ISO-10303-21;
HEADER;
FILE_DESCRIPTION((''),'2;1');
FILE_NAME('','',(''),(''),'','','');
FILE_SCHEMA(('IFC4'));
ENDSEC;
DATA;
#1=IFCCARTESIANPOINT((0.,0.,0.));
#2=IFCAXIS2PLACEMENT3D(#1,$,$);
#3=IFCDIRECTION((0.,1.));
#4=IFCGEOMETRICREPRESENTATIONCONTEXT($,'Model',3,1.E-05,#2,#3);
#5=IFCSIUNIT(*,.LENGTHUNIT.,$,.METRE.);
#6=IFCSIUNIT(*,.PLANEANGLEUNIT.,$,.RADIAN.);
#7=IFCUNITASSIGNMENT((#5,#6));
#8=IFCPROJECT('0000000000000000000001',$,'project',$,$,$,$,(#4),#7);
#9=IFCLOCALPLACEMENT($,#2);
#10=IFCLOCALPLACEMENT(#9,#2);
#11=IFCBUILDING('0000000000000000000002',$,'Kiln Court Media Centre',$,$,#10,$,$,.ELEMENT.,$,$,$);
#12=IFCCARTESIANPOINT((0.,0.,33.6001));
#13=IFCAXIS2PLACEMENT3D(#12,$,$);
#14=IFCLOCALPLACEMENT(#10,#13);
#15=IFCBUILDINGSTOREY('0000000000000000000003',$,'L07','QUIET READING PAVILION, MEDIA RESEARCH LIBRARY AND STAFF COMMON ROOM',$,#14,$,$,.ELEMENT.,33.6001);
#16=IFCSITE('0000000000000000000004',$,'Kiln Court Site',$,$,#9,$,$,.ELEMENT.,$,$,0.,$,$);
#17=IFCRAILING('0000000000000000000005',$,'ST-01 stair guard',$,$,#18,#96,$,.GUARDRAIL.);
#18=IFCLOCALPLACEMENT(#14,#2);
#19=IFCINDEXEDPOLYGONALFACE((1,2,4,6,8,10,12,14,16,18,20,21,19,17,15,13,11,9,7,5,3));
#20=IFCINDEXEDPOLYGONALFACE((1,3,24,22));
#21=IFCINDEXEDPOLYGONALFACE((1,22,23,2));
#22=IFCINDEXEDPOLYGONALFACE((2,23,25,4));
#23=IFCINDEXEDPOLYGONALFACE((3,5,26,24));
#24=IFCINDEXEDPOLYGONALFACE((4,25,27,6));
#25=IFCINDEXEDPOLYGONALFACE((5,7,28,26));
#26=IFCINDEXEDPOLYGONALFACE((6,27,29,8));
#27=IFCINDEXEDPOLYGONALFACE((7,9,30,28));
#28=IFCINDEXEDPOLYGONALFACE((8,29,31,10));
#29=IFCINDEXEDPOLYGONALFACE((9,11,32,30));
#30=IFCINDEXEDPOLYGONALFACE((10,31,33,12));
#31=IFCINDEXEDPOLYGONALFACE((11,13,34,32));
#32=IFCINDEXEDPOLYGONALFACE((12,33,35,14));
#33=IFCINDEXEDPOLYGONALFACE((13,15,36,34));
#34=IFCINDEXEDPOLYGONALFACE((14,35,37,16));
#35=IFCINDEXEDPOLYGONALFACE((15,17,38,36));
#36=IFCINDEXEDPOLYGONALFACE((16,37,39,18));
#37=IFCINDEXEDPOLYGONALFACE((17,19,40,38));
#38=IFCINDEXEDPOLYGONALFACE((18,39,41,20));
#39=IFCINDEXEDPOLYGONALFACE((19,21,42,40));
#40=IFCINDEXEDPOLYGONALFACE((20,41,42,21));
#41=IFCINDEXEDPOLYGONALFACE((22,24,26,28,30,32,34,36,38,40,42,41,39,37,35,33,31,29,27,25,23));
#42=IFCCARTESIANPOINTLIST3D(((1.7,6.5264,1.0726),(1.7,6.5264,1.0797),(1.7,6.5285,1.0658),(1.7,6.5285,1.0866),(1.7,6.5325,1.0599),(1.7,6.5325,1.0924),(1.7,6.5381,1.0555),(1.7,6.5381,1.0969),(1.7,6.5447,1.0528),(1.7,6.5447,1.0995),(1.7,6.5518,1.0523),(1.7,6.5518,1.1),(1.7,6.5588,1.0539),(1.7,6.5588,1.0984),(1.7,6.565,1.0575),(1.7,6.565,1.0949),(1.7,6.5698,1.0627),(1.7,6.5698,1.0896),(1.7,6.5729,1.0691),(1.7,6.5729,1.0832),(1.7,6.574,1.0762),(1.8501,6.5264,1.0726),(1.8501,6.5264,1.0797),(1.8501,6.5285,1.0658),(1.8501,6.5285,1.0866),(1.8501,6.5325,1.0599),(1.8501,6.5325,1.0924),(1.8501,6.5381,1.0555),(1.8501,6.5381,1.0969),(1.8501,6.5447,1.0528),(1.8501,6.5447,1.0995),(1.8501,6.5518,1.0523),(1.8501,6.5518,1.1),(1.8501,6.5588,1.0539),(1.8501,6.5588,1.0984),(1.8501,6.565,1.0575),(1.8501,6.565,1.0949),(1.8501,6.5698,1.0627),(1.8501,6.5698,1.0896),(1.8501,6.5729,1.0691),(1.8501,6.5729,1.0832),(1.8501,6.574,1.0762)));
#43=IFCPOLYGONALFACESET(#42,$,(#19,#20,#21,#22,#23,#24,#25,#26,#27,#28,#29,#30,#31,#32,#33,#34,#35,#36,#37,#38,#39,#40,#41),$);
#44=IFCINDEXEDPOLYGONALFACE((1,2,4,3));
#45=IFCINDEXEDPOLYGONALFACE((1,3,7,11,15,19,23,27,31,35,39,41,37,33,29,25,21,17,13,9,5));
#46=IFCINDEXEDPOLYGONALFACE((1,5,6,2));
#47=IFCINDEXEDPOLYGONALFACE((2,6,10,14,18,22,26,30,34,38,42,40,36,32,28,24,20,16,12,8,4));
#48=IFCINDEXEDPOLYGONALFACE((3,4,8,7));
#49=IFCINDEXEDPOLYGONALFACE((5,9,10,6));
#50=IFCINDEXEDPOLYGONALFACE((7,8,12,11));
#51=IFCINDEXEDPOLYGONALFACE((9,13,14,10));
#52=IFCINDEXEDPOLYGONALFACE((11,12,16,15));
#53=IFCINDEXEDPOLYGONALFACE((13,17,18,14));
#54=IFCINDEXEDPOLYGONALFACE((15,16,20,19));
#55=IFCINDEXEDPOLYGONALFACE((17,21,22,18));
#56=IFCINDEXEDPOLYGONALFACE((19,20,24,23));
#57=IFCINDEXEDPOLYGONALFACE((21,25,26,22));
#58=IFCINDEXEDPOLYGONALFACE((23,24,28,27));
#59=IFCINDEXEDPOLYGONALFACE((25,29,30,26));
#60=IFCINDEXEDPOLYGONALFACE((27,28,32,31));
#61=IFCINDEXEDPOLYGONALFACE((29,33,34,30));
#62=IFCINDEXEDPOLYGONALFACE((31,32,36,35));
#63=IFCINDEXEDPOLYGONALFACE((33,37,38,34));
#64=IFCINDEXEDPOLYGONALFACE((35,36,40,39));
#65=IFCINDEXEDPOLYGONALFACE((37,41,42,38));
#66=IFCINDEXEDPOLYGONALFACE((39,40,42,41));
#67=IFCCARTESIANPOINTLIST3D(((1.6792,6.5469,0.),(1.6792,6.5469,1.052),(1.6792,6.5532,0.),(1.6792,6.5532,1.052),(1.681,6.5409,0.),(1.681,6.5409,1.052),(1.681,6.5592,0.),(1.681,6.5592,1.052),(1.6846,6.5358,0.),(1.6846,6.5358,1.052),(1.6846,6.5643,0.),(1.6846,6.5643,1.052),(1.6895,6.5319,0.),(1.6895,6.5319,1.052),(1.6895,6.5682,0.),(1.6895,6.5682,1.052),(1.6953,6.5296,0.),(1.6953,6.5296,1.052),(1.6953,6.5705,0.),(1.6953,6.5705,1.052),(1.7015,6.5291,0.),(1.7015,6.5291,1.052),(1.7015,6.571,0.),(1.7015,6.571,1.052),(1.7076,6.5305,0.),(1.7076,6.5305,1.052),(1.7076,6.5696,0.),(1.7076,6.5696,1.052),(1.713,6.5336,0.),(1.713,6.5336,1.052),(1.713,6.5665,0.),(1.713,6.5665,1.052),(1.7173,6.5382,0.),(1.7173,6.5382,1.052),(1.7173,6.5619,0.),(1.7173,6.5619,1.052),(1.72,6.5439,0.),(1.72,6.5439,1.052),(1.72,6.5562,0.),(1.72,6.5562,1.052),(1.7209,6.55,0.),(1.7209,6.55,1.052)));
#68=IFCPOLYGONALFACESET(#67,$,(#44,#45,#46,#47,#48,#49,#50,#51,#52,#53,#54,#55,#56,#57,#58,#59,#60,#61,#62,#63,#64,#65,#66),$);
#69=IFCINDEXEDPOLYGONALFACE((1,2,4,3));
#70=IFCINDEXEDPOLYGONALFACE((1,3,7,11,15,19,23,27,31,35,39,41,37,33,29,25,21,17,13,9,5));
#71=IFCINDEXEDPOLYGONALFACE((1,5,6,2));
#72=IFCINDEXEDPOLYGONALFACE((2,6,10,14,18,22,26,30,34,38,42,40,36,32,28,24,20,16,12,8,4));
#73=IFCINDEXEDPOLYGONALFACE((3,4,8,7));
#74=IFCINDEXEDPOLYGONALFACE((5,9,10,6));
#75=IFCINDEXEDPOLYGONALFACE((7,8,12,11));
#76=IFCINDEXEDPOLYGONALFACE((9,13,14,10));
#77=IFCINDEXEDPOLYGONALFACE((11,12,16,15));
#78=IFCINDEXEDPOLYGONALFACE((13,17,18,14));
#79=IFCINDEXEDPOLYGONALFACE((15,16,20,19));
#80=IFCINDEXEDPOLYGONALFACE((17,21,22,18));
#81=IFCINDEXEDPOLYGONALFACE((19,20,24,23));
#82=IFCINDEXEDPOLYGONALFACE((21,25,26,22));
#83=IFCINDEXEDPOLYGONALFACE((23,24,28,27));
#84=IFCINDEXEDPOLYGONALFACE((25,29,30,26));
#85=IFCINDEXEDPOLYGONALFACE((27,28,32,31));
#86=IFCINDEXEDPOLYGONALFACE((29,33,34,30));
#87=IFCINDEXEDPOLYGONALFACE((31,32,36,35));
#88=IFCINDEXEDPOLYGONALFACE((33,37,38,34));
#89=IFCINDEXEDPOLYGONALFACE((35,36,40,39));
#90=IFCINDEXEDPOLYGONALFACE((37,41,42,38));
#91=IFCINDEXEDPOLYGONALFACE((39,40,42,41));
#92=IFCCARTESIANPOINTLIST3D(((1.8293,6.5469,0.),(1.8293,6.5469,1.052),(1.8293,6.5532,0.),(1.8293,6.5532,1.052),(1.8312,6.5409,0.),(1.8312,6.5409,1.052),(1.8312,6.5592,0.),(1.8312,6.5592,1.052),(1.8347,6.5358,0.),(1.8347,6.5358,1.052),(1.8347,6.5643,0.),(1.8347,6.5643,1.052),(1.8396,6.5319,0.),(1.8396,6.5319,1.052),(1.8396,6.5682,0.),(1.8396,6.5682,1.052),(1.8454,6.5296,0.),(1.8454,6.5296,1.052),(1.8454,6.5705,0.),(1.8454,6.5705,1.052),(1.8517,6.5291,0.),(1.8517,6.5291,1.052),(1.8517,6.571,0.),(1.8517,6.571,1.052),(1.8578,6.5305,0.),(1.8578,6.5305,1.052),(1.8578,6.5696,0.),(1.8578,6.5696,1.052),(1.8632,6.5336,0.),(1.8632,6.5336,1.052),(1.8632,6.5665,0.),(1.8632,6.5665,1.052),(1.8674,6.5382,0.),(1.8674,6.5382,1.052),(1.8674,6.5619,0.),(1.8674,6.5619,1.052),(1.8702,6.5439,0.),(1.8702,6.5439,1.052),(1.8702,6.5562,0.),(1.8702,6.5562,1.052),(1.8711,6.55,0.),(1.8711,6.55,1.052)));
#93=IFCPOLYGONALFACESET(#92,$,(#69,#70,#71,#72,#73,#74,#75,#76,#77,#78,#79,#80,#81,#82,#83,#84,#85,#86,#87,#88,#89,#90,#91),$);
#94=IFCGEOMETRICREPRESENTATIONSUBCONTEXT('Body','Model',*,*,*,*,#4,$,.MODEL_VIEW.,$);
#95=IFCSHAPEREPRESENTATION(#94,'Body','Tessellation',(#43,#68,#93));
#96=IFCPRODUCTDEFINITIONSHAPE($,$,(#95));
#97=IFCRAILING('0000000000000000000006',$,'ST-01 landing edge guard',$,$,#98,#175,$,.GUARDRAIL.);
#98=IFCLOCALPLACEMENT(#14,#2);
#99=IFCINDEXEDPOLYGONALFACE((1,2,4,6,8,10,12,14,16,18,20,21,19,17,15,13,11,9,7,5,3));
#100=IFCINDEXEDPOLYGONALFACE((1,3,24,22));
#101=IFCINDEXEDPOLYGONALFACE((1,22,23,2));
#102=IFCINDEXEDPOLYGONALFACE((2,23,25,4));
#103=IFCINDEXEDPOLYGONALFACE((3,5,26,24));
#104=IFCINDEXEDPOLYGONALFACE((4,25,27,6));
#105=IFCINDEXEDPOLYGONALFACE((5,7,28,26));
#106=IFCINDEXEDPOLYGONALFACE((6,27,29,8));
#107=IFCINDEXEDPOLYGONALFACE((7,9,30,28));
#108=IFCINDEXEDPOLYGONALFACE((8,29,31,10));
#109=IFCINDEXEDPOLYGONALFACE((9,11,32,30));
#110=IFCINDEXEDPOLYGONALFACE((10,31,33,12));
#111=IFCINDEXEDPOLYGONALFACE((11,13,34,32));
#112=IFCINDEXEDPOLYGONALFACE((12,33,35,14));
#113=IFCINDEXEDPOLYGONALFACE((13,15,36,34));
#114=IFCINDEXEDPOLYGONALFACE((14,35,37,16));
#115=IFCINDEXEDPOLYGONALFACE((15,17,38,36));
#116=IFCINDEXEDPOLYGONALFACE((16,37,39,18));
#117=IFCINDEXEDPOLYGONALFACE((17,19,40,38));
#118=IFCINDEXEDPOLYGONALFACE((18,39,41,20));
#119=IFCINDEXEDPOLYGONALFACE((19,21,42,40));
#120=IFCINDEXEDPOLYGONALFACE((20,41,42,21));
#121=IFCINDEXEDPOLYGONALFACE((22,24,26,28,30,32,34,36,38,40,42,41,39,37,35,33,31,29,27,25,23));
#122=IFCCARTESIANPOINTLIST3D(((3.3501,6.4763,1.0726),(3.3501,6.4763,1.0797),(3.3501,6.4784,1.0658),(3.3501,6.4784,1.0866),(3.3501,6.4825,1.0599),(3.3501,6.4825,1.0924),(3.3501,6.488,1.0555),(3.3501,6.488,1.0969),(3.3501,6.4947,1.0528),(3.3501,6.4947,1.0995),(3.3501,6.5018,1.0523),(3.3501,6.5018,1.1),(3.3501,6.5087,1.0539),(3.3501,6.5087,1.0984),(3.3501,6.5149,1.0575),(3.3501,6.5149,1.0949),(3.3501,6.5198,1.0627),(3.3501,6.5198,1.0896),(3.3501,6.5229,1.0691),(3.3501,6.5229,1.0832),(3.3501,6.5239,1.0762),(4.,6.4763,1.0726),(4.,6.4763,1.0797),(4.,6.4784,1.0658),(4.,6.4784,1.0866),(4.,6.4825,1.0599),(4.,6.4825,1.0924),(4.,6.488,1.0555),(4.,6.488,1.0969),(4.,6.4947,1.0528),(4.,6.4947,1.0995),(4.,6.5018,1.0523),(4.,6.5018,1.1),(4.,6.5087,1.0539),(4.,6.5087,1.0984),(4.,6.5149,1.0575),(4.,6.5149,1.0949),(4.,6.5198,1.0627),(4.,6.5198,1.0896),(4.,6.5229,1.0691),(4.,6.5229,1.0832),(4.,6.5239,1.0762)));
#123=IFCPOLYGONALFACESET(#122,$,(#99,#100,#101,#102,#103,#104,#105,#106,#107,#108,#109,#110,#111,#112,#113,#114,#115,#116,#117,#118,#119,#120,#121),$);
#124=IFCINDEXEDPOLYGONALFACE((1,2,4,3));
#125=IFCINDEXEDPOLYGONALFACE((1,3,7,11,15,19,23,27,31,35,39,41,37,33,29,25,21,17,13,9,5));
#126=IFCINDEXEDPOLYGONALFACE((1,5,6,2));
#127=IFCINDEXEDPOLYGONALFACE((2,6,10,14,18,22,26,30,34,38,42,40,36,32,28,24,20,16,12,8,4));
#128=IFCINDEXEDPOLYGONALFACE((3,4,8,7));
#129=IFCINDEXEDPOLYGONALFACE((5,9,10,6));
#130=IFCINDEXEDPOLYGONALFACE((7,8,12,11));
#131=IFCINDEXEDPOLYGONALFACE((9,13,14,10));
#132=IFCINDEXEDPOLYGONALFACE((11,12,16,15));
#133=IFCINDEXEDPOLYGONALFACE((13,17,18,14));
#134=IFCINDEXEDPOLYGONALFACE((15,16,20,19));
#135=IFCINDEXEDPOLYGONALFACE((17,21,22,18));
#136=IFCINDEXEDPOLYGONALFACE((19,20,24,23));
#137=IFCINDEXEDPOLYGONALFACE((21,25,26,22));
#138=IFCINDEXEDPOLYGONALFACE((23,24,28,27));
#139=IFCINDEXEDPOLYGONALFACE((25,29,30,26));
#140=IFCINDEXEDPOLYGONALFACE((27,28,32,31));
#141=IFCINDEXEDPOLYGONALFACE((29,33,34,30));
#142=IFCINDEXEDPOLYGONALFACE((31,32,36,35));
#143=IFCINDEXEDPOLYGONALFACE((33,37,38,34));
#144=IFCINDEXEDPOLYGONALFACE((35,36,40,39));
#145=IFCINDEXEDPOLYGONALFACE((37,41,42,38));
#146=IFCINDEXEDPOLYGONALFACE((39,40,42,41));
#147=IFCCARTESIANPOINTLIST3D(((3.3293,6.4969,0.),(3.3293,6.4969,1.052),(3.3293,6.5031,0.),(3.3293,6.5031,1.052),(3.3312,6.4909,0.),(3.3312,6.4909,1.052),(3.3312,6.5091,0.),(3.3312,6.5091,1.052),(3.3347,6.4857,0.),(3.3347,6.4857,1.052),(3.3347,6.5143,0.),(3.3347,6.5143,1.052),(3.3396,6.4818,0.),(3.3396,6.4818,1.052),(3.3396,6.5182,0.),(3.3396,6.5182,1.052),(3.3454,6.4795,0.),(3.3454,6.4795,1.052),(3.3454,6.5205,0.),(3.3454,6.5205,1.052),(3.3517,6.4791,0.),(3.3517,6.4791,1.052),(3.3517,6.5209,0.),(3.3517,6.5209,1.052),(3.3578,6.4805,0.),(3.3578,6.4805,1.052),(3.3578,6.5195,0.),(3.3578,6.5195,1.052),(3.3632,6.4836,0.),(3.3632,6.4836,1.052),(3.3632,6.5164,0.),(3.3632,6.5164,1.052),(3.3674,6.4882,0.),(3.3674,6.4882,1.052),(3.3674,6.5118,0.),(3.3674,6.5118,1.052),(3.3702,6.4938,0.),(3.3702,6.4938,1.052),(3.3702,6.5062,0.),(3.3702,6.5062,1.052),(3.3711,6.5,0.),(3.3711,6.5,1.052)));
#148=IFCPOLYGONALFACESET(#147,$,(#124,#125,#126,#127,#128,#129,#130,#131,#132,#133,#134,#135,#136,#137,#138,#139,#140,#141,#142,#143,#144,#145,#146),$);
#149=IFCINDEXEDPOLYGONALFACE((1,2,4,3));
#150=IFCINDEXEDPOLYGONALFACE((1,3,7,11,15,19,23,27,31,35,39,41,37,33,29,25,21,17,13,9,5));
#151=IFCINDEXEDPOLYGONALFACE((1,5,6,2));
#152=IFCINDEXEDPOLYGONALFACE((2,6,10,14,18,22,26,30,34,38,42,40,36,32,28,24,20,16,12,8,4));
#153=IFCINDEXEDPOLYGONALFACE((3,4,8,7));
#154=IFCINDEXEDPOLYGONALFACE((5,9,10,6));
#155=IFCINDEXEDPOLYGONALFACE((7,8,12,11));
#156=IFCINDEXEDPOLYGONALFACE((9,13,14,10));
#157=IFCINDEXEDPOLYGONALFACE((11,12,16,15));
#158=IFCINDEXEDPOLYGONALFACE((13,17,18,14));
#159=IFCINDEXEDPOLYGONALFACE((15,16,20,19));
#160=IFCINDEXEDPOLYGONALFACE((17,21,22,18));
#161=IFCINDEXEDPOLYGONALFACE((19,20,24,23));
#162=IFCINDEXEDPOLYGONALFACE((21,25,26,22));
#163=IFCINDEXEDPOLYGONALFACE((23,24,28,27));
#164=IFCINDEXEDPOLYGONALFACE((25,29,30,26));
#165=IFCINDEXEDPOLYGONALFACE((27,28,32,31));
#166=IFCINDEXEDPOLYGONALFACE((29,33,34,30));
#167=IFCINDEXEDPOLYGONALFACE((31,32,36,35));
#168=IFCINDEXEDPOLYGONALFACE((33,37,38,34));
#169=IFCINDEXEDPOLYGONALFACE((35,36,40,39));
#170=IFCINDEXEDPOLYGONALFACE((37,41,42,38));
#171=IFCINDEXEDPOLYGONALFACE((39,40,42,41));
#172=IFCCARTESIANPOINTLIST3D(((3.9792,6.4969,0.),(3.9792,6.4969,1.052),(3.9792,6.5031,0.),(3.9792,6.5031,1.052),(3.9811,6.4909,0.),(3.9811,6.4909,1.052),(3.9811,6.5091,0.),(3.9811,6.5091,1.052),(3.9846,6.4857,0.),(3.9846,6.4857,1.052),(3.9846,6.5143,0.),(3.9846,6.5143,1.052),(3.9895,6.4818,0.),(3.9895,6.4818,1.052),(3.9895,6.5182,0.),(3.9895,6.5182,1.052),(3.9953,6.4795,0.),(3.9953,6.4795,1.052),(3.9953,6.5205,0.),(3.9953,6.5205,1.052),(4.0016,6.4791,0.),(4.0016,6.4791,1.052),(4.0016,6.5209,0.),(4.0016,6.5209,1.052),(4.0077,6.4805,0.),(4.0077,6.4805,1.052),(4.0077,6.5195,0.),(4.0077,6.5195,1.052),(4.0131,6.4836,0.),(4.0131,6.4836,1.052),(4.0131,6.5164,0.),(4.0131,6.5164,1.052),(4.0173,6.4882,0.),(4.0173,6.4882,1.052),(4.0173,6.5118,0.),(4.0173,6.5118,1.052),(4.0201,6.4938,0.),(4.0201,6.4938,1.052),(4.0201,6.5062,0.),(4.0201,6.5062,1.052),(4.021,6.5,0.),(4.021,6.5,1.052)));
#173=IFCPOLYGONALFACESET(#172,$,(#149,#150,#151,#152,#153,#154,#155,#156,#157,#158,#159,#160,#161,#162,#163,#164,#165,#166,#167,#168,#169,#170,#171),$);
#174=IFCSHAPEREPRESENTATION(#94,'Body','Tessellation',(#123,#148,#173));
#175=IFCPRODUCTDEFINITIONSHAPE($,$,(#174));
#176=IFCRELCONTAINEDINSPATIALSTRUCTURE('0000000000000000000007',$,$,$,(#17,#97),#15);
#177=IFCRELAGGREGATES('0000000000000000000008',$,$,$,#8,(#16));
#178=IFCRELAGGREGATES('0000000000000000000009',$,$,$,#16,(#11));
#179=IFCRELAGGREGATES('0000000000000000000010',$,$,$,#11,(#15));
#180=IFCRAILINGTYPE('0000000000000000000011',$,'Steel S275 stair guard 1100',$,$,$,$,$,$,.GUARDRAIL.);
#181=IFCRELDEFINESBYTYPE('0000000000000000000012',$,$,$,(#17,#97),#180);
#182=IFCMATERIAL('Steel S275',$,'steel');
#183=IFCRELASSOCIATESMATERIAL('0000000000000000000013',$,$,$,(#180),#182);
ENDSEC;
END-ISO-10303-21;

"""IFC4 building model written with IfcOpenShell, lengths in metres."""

from ifc_helpers import new_model, si_unit, direction, frame, origin, origin_2d, place, context, subcontext, project, spatial, circle, extrude, material, type_object, element, save


model = new_model("IFC4")

# Units and contexts
model_context = context("Model", 3, precision=1e-05, world=origin(), true_north=direction((0.0, 1.0)))
body_context = subcontext(model_context, "Body", "Model", "MODEL_VIEW")
ifc_project = project(units=[si_unit("LENGTHUNIT", "METRE"), si_unit("PLANEANGLEUNIT", "RADIAN")], contexts=[model_context])

# Site, building, storey
site_placement = place(None, origin())
site = spatial("IfcSite", under=ifc_project, at=site_placement, Name="Kiln Court Site", CompositionType="ELEMENT", RefElevation=0.0)
building_placement = place(site_placement, origin())
building = spatial("IfcBuilding", under=site, at=building_placement, Name="Kiln Court Media Centre", CompositionType="ELEMENT")
storey_placement = place(building_placement, frame((0.0, 0.0, 33.6001)))
storey = spatial("IfcBuildingStorey", under=building, at=storey_placement, Name="L07", Description="QUIET READING PAVILION, MEDIA RESEARCH LIBRARY AND STAFF COMMON ROOM", CompositionType="ELEMENT", Elevation=33.6001)

# Railings
ifc_material_1 = material(Name="Steel S275", Category="steel")
railing_type = type_object("IfcRailingType", Name="Steel S275 stair guard 1100", PredefinedType="GUARDRAIL", material=ifc_material_1)
railing_1_placement = place(storey_placement, frame((1.7, 6.55, 0.0)))
element("IfcRailing", 1, at=railing_1_placement, inside=storey, type_object=railing_type, Name="ST-01 stair guard", PredefinedType="GUARDRAIL", context=body_context, shape_type="SweptSolid", body=[
    extrude(circle(Radius=0.0239, at=origin_2d()), frame((0.0, 0.0, 1.0762), z_axis=(1.0, 0.0, 0.0), x_axis=(0.0, 1.0, 0.0)), (0.0, 0.0, 1.0), 0.1501),
    extrude(circle(Radius=0.021, at=origin_2d()), origin(), (0.0, 0.0, 1.0), 1.052),
    extrude(circle(Radius=0.021, at=origin_2d()), frame((0.1501, 0.0, 0.0)), (0.0, 0.0, 1.0), 1.052),
])
railing_2_placement = place(storey_placement, frame((3.3501, 6.5, 0.0)))
element("IfcRailing", 2, at=railing_2_placement, inside=storey, type_object=railing_type, Name="ST-01 landing edge guard", PredefinedType="GUARDRAIL", context=body_context, shape_type="SweptSolid", body=[
    extrude(circle(Radius=0.0239, at=origin_2d()), frame((0.0, 0.0, 1.0762), z_axis=(1.0, 0.0, 0.0), x_axis=(0.0, 1.0, 0.0)), (0.0, 0.0, 1.0), 0.6499),
    extrude(circle(Radius=0.021, at=origin_2d()), origin(), (0.0, 0.0, 1.0), 1.052),
    extrude(circle(Radius=0.021, at=origin_2d()), frame((0.6499, 0.0, 0.0)), (0.0, 0.0, 1.0), 1.052),
])

save(model, "model.ifc")
